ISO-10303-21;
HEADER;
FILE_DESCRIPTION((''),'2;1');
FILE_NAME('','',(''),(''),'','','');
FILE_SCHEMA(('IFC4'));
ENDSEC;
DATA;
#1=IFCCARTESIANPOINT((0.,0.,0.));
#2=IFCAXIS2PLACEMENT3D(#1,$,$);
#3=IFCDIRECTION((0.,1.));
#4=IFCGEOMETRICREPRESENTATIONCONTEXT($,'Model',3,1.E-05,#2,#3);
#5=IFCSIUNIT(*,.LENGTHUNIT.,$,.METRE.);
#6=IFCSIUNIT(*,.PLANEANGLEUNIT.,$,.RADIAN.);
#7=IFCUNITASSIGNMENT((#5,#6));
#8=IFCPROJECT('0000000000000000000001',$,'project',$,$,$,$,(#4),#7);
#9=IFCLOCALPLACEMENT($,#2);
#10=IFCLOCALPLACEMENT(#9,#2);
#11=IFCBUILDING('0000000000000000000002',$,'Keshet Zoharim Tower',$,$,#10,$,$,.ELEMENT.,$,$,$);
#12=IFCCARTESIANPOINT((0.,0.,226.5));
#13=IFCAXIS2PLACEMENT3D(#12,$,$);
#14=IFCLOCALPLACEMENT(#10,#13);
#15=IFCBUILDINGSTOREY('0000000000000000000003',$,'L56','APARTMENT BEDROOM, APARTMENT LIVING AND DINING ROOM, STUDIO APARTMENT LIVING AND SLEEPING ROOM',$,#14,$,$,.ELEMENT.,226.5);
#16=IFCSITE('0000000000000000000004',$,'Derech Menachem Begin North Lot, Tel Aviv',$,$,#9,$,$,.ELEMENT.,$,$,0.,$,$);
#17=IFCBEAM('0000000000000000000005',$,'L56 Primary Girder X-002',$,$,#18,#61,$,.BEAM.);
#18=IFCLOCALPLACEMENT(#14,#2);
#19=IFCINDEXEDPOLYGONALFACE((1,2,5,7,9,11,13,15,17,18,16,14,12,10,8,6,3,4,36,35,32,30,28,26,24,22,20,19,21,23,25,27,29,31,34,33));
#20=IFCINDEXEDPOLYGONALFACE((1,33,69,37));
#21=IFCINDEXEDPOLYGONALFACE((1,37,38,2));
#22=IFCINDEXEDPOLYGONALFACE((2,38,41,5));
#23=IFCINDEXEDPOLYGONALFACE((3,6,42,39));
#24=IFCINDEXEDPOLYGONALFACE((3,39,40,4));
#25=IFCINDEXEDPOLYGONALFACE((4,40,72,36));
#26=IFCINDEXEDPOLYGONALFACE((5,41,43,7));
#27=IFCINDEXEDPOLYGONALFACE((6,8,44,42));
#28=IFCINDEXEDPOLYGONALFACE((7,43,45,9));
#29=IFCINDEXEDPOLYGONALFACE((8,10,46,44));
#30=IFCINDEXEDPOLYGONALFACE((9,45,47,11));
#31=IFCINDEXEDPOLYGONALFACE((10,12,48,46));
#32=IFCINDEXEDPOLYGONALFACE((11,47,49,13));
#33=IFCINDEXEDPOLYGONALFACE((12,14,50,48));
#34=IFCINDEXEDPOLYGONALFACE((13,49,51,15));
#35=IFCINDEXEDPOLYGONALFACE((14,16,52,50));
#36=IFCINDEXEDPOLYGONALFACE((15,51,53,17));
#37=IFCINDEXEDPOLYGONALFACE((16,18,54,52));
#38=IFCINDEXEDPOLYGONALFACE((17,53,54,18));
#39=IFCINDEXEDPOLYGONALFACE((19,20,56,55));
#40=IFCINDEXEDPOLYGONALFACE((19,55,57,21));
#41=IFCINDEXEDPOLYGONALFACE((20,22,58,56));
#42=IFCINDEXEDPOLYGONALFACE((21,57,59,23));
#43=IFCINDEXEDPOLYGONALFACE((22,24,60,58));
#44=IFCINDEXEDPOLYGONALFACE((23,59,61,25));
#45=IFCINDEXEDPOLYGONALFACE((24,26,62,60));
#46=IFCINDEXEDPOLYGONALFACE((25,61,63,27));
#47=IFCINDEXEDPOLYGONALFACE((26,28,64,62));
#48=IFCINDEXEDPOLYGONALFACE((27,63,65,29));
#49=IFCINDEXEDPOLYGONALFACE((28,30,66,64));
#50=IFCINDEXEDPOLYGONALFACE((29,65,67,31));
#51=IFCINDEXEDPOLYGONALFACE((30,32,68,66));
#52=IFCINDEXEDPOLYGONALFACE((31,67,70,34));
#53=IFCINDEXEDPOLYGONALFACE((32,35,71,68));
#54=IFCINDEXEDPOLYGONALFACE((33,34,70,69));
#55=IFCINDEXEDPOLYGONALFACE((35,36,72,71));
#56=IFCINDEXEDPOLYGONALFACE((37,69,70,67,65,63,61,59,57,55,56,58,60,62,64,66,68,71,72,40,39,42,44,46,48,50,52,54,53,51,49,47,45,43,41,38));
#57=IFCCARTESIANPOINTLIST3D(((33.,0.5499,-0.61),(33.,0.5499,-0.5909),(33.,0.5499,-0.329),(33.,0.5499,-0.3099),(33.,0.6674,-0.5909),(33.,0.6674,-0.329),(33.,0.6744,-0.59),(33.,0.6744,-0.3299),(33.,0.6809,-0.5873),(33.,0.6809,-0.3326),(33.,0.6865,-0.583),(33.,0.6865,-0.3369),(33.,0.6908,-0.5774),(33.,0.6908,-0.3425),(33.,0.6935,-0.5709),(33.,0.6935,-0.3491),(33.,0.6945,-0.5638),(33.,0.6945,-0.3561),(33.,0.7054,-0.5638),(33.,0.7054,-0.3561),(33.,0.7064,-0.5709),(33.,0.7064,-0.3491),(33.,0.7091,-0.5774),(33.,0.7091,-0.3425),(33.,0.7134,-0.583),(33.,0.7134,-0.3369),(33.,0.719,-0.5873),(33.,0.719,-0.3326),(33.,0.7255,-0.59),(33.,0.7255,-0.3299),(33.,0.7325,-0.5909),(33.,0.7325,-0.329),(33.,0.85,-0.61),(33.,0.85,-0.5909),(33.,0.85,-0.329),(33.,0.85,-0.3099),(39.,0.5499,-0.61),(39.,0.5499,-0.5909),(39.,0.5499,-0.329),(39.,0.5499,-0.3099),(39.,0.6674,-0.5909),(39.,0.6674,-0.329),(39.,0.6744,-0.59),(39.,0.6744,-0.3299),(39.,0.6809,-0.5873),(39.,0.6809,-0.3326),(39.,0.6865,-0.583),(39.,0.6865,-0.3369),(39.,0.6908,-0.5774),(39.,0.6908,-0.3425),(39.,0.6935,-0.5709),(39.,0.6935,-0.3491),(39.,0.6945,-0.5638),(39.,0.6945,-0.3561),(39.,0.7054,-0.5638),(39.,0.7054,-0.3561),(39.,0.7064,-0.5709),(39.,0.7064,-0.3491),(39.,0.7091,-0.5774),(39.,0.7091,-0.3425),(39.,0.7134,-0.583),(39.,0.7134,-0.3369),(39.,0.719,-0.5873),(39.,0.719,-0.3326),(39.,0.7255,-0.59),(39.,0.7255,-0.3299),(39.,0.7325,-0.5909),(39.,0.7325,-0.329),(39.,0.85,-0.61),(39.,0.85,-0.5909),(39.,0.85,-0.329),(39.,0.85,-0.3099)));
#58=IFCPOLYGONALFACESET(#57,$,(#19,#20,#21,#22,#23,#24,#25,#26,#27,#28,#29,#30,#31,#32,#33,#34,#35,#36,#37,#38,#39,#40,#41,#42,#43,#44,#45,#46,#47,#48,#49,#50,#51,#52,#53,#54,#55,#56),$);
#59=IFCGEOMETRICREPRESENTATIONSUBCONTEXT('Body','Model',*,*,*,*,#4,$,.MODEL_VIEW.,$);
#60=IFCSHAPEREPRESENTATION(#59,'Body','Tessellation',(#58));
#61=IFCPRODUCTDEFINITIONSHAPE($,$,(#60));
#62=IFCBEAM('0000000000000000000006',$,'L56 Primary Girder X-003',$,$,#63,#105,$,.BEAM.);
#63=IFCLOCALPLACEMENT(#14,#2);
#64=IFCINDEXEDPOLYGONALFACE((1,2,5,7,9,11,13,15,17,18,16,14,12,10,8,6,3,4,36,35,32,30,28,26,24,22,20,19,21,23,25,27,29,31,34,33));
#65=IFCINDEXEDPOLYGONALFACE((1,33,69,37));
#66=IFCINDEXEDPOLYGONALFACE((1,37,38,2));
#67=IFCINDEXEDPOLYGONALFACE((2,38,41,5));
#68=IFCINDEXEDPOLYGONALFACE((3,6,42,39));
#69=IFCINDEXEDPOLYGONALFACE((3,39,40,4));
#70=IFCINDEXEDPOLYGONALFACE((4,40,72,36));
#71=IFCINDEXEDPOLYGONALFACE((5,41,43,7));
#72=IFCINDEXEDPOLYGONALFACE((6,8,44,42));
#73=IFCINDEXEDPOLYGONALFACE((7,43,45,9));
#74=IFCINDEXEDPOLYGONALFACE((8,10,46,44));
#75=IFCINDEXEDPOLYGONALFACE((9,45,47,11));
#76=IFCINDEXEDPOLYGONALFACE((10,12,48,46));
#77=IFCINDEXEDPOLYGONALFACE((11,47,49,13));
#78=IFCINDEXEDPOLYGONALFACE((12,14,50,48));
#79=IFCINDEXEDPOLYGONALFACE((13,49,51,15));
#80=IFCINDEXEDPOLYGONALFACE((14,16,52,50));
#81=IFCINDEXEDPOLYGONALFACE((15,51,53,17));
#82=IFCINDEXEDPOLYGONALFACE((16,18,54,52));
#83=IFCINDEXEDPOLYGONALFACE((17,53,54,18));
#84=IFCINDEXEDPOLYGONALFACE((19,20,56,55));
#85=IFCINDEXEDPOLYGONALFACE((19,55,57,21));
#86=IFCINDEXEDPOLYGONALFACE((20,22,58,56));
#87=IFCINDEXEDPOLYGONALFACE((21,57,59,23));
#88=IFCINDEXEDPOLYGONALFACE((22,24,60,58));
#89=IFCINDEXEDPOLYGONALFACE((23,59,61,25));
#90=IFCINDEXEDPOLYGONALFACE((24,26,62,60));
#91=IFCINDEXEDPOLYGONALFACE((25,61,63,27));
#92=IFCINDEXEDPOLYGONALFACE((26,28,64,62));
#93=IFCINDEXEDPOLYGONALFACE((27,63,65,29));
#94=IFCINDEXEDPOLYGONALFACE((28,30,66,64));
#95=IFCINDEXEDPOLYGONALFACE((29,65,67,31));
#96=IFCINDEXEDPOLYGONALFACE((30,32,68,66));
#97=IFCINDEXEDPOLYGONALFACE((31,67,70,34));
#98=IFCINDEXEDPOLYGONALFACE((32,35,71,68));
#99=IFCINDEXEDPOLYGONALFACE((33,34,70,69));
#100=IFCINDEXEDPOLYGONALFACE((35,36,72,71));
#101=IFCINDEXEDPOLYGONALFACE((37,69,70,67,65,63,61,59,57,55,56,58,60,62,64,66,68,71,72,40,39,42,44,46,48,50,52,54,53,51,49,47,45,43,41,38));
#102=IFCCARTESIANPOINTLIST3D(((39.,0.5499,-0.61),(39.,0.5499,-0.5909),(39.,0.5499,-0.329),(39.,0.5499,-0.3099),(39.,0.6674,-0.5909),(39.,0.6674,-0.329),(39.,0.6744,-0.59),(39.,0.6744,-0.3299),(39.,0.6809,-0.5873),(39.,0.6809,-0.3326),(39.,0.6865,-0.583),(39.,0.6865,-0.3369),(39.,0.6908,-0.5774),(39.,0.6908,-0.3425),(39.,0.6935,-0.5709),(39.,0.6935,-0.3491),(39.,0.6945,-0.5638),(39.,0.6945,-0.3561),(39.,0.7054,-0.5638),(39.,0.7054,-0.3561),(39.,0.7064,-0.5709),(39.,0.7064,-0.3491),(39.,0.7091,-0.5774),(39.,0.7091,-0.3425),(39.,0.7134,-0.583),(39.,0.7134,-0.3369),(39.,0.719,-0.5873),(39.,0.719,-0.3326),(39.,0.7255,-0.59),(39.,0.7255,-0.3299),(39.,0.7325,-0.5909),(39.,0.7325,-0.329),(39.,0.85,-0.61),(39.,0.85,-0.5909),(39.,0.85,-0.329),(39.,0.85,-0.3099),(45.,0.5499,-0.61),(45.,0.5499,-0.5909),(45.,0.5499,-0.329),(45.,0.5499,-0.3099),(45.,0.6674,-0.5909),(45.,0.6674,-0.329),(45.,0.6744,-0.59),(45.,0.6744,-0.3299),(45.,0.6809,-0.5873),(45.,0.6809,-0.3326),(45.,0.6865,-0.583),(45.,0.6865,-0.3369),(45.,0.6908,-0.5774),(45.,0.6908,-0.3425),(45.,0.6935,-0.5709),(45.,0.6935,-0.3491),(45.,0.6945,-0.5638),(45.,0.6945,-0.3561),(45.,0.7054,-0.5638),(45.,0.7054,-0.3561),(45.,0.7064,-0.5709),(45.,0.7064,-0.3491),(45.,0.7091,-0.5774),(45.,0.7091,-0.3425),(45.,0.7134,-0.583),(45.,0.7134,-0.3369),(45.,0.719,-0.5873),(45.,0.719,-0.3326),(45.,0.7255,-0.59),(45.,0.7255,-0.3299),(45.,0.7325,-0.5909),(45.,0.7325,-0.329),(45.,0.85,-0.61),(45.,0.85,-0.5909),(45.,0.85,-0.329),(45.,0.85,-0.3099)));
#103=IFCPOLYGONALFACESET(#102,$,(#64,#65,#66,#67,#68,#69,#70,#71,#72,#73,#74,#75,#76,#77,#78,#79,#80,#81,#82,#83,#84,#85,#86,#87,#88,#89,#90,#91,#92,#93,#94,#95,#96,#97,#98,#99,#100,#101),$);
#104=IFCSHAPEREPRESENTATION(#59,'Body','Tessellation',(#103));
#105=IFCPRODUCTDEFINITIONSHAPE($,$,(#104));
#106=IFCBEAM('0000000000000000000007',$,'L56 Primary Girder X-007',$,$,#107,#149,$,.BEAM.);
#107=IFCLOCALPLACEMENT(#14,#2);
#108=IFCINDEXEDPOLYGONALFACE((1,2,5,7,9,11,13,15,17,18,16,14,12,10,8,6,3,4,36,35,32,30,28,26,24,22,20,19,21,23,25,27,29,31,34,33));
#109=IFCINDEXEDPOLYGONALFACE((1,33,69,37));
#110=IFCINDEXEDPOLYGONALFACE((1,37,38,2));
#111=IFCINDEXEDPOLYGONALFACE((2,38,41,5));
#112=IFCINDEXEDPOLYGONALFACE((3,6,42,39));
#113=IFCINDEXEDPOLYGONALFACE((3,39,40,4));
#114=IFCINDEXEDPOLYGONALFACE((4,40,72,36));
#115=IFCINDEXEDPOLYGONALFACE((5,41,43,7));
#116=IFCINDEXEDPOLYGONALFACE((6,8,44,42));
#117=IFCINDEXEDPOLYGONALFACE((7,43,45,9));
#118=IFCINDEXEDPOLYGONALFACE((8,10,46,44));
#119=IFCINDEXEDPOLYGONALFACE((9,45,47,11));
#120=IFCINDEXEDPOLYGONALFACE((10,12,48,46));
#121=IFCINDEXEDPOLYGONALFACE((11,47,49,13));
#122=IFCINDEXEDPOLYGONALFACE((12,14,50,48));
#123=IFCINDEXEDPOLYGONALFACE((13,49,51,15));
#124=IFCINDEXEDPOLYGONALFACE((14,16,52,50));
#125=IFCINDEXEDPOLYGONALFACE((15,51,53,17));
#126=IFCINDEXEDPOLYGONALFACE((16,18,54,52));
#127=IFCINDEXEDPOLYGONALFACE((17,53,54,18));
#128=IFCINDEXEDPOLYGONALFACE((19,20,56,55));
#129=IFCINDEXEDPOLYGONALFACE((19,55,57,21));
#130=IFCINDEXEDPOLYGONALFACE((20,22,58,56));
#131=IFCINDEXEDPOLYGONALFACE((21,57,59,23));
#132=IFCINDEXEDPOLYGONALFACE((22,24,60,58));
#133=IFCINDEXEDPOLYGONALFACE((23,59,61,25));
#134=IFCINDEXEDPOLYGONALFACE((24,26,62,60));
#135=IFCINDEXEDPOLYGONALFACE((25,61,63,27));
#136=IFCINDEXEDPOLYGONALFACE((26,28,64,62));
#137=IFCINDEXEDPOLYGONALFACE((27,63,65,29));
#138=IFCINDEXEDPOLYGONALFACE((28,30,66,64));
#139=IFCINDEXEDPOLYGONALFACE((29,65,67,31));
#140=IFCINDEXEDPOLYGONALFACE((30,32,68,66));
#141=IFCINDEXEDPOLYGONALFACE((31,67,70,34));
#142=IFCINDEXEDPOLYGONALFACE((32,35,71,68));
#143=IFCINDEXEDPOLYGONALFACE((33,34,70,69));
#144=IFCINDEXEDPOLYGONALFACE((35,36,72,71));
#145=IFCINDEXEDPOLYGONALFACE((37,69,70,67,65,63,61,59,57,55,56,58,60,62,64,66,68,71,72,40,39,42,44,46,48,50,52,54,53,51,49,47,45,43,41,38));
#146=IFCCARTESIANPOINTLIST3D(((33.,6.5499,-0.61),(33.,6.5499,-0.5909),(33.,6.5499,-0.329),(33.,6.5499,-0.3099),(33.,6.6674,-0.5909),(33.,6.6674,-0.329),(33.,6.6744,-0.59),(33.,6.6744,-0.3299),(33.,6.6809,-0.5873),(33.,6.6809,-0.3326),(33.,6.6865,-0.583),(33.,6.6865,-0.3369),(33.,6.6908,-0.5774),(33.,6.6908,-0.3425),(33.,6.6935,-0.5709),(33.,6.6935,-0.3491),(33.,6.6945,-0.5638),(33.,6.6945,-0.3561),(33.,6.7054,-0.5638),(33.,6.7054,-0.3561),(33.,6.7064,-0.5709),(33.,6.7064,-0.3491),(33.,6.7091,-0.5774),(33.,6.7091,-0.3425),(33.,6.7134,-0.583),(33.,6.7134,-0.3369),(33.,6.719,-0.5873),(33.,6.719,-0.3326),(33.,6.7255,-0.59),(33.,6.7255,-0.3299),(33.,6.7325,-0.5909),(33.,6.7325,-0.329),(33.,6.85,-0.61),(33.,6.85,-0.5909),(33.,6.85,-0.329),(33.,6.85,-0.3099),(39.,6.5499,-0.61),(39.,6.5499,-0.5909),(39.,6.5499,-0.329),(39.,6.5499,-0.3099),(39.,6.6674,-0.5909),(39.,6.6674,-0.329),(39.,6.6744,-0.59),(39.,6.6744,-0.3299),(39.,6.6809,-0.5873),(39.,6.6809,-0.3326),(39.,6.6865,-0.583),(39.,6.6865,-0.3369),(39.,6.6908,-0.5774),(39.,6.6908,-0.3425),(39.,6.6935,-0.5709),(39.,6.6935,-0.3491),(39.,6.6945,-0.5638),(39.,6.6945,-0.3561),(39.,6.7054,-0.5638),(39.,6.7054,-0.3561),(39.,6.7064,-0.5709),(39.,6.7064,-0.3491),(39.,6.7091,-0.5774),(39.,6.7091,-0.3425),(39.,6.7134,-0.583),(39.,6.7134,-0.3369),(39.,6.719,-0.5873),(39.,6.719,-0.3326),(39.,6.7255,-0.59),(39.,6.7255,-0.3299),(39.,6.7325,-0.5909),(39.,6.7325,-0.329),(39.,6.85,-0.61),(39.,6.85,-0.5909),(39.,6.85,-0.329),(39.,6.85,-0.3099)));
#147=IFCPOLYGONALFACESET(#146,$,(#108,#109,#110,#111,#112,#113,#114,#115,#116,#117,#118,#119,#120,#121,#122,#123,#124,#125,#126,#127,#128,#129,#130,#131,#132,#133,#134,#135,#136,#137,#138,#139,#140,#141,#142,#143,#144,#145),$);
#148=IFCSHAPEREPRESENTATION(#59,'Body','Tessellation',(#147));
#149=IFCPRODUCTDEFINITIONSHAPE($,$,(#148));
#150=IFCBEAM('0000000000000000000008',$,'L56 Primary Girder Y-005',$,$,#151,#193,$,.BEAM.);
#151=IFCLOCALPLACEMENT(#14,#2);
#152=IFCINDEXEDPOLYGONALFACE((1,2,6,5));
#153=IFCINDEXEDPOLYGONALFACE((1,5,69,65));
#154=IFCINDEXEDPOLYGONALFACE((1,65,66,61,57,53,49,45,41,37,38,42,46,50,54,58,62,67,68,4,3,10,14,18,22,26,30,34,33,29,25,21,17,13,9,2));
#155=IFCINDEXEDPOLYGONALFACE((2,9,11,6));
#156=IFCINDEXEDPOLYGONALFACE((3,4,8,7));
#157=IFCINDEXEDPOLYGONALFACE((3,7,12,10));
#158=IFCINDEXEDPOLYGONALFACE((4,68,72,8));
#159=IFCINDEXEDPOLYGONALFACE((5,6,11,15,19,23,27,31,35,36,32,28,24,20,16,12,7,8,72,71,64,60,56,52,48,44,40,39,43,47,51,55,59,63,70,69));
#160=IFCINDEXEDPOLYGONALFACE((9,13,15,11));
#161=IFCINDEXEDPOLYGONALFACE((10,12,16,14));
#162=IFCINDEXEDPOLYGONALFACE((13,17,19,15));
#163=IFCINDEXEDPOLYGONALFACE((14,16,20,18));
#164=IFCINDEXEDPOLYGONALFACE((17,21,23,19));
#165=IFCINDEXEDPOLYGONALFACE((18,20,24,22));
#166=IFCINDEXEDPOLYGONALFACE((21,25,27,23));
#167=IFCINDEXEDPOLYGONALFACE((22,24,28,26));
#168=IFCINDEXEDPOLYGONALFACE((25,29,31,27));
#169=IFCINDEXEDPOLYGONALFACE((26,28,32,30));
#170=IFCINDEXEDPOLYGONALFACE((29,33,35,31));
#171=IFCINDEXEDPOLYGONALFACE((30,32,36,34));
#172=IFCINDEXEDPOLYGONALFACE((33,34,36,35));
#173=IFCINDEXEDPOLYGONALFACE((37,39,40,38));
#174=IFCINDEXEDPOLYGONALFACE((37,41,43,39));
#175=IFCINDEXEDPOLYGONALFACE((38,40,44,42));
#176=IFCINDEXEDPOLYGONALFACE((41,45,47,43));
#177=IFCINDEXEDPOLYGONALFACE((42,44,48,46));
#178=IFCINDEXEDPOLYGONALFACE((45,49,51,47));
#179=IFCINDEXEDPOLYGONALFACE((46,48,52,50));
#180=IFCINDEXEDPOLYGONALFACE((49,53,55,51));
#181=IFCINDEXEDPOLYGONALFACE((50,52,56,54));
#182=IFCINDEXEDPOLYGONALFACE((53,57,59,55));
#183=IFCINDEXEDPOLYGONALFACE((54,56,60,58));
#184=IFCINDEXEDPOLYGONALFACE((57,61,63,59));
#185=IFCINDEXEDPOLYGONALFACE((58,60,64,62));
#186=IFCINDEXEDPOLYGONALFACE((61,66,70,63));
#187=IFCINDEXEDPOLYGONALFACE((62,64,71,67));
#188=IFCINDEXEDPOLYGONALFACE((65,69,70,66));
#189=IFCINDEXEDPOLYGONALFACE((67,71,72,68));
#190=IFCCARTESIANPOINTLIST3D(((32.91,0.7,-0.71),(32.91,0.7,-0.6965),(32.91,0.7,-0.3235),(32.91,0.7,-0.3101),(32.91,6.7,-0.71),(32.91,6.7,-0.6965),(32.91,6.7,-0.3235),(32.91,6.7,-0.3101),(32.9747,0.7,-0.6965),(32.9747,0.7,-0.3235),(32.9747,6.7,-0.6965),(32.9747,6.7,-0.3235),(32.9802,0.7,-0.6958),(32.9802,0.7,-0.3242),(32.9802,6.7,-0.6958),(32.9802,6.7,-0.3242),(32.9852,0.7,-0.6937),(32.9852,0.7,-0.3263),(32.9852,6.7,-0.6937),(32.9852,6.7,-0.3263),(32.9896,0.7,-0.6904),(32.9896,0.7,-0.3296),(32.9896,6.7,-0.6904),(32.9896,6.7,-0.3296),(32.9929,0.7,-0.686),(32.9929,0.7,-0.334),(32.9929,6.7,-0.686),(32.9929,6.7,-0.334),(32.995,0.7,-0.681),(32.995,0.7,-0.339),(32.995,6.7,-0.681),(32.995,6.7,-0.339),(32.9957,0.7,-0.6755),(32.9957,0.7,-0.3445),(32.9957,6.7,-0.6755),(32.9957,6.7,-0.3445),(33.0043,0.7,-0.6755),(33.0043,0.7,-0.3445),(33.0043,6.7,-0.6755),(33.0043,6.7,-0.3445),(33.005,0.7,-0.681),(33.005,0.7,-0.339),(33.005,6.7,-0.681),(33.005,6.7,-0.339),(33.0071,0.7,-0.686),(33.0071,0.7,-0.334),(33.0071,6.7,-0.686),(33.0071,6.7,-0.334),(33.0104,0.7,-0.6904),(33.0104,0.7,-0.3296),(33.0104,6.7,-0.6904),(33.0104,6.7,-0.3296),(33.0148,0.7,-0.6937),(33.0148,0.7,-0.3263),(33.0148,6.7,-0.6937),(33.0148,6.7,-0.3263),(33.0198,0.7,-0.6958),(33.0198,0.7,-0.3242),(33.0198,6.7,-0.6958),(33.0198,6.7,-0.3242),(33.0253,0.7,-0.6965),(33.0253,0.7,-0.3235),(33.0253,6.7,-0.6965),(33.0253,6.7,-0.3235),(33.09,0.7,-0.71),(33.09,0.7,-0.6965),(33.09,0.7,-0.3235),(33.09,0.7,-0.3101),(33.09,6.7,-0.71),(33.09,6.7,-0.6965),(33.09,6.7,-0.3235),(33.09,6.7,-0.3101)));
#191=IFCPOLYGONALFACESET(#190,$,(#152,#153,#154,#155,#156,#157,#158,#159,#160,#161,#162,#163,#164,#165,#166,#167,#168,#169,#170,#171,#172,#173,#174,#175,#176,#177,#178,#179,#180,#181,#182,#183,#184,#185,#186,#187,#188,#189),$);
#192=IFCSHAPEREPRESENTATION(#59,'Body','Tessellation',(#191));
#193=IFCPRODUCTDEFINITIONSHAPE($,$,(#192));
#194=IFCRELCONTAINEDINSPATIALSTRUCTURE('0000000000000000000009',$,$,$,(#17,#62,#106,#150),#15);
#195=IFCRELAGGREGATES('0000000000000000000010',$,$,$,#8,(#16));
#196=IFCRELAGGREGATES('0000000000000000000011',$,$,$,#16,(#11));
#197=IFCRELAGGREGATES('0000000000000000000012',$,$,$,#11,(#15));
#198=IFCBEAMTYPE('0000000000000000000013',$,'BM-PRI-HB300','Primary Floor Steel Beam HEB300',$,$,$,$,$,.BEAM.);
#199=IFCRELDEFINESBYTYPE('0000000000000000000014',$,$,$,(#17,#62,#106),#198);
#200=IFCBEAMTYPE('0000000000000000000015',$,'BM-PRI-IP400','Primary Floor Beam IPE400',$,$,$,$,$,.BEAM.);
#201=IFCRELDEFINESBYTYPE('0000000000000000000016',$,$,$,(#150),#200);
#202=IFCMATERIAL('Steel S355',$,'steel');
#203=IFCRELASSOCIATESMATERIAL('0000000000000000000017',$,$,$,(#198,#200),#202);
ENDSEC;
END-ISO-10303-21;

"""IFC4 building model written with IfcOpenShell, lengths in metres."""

from ifc_helpers import new_model, si_unit, direction, frame, origin, origin_2d, place, context, subcontext, project, spatial, i_section, extrude, material, material_profile, profile_set, type_object, element, save


model = new_model("IFC4")

# Units and contexts
model_context = context("Model", 3, precision=1e-05, world=origin(), true_north=direction((0.0, 1.0)))
body_context = subcontext(model_context, "Body", "Model", "MODEL_VIEW")
ifc_project = project(units=[si_unit("LENGTHUNIT", "METRE"), si_unit("PLANEANGLEUNIT", "RADIAN")], contexts=[model_context])

# Site, building, storey
site_placement = place(None, origin())
site = spatial("IfcSite", under=ifc_project, at=site_placement, Name="Derech Menachem Begin North Lot, Tel Aviv", CompositionType="ELEMENT", RefElevation=0.0)
building_placement = place(site_placement, origin())
building = spatial("IfcBuilding", under=site, at=building_placement, Name="Keshet Zoharim Tower", CompositionType="ELEMENT")
storey_placement = place(building_placement, frame((0.0, 0.0, 226.5)))
storey = spatial("IfcBuildingStorey", under=building, at=storey_placement, Name="L56", Description="APARTMENT BEDROOM, APARTMENT LIVING AND DINING ROOM, STUDIO APARTMENT LIVING AND SLEEPING ROOM", CompositionType="ELEMENT", Elevation=226.5)

# Shared definitions
ifc_material_1 = material(Name="Steel S355", Category="steel")

# Beams
ifc_material_profile_1 = material_profile(ifc_material_1, i_section(OverallWidth=0.3, OverallDepth=0.3, WebThickness=0.011, FlangeThickness=0.019, FilletRadius=0.0271, at=origin_2d()), Name="HEB300")
ifc_profile_set_1 = profile_set([ifc_material_profile_1], Name="Steel S355")
beam_type_1 = type_object("IfcBeamType", Name="BM-PRI-HB300", Description="Primary Floor Steel Beam HEB300", PredefinedType="BEAM", material=ifc_profile_set_1)
for number, where, z_axis, x_axis, name in (
    (1, (33.0, 0.7, -0.46), (1.0, 0.0, 0.0), (0.0, 1.0, 0.0), "L56 Primary Girder X-002"),
    (2, (39.0, 0.7, -0.46), (1.0, 0.0, 0.0), (0.0, 1.0, 0.0), "L56 Primary Girder X-003"),
    (3, (33.0, 6.7, -0.46), (1.0, 0.0, 0.0), (0.0, 1.0, 0.0), "L56 Primary Girder X-007"),
):
    element("IfcBeam", number, at=place(storey_placement, frame(where, z_axis=z_axis, x_axis=x_axis)), inside=storey, type_object=beam_type_1, Name=name, PredefinedType="BEAM", context=body_context, shape_type="SweptSolid", body=[
        extrude(i_section(OverallWidth=0.3, OverallDepth=0.3, WebThickness=0.011, FlangeThickness=0.019, FilletRadius=0.0271, at=origin_2d()), origin(), (0.0, 0.0, 1.0), 6.0),
    ])
ifc_material_profile_2 = material_profile(ifc_material_1, i_section(OverallWidth=0.1799, OverallDepth=0.3999, WebThickness=0.0085, FlangeThickness=0.0134, FilletRadius=0.021, at=origin_2d()), Name="IPE400")
ifc_profile_set_2 = profile_set([ifc_material_profile_2], Name="Steel S355")
beam_type_2 = type_object("IfcBeamType", Name="BM-PRI-IP400", Description="Primary Floor Beam IPE400", PredefinedType="BEAM", material=ifc_profile_set_2)
for number, where, z_axis, x_axis, name in (
    (4, (33.0, 0.7, -0.51), (0.0, 1.0, 0.0), (-1.0, 0.0, 0.0), "L56 Primary Girder Y-005"),
):
    element("IfcBeam", number, at=place(storey_placement, frame(where, z_axis=z_axis, x_axis=x_axis)), inside=storey, type_object=beam_type_2, Name=name, PredefinedType="BEAM", context=body_context, shape_type="SweptSolid", body=[
        extrude(i_section(OverallWidth=0.1799, OverallDepth=0.3999, WebThickness=0.0085, FlangeThickness=0.0134, FilletRadius=0.021, at=origin_2d()), origin(), (0.0, 0.0, 1.0), 6.0),
    ])

save(model, "model.ifc")
